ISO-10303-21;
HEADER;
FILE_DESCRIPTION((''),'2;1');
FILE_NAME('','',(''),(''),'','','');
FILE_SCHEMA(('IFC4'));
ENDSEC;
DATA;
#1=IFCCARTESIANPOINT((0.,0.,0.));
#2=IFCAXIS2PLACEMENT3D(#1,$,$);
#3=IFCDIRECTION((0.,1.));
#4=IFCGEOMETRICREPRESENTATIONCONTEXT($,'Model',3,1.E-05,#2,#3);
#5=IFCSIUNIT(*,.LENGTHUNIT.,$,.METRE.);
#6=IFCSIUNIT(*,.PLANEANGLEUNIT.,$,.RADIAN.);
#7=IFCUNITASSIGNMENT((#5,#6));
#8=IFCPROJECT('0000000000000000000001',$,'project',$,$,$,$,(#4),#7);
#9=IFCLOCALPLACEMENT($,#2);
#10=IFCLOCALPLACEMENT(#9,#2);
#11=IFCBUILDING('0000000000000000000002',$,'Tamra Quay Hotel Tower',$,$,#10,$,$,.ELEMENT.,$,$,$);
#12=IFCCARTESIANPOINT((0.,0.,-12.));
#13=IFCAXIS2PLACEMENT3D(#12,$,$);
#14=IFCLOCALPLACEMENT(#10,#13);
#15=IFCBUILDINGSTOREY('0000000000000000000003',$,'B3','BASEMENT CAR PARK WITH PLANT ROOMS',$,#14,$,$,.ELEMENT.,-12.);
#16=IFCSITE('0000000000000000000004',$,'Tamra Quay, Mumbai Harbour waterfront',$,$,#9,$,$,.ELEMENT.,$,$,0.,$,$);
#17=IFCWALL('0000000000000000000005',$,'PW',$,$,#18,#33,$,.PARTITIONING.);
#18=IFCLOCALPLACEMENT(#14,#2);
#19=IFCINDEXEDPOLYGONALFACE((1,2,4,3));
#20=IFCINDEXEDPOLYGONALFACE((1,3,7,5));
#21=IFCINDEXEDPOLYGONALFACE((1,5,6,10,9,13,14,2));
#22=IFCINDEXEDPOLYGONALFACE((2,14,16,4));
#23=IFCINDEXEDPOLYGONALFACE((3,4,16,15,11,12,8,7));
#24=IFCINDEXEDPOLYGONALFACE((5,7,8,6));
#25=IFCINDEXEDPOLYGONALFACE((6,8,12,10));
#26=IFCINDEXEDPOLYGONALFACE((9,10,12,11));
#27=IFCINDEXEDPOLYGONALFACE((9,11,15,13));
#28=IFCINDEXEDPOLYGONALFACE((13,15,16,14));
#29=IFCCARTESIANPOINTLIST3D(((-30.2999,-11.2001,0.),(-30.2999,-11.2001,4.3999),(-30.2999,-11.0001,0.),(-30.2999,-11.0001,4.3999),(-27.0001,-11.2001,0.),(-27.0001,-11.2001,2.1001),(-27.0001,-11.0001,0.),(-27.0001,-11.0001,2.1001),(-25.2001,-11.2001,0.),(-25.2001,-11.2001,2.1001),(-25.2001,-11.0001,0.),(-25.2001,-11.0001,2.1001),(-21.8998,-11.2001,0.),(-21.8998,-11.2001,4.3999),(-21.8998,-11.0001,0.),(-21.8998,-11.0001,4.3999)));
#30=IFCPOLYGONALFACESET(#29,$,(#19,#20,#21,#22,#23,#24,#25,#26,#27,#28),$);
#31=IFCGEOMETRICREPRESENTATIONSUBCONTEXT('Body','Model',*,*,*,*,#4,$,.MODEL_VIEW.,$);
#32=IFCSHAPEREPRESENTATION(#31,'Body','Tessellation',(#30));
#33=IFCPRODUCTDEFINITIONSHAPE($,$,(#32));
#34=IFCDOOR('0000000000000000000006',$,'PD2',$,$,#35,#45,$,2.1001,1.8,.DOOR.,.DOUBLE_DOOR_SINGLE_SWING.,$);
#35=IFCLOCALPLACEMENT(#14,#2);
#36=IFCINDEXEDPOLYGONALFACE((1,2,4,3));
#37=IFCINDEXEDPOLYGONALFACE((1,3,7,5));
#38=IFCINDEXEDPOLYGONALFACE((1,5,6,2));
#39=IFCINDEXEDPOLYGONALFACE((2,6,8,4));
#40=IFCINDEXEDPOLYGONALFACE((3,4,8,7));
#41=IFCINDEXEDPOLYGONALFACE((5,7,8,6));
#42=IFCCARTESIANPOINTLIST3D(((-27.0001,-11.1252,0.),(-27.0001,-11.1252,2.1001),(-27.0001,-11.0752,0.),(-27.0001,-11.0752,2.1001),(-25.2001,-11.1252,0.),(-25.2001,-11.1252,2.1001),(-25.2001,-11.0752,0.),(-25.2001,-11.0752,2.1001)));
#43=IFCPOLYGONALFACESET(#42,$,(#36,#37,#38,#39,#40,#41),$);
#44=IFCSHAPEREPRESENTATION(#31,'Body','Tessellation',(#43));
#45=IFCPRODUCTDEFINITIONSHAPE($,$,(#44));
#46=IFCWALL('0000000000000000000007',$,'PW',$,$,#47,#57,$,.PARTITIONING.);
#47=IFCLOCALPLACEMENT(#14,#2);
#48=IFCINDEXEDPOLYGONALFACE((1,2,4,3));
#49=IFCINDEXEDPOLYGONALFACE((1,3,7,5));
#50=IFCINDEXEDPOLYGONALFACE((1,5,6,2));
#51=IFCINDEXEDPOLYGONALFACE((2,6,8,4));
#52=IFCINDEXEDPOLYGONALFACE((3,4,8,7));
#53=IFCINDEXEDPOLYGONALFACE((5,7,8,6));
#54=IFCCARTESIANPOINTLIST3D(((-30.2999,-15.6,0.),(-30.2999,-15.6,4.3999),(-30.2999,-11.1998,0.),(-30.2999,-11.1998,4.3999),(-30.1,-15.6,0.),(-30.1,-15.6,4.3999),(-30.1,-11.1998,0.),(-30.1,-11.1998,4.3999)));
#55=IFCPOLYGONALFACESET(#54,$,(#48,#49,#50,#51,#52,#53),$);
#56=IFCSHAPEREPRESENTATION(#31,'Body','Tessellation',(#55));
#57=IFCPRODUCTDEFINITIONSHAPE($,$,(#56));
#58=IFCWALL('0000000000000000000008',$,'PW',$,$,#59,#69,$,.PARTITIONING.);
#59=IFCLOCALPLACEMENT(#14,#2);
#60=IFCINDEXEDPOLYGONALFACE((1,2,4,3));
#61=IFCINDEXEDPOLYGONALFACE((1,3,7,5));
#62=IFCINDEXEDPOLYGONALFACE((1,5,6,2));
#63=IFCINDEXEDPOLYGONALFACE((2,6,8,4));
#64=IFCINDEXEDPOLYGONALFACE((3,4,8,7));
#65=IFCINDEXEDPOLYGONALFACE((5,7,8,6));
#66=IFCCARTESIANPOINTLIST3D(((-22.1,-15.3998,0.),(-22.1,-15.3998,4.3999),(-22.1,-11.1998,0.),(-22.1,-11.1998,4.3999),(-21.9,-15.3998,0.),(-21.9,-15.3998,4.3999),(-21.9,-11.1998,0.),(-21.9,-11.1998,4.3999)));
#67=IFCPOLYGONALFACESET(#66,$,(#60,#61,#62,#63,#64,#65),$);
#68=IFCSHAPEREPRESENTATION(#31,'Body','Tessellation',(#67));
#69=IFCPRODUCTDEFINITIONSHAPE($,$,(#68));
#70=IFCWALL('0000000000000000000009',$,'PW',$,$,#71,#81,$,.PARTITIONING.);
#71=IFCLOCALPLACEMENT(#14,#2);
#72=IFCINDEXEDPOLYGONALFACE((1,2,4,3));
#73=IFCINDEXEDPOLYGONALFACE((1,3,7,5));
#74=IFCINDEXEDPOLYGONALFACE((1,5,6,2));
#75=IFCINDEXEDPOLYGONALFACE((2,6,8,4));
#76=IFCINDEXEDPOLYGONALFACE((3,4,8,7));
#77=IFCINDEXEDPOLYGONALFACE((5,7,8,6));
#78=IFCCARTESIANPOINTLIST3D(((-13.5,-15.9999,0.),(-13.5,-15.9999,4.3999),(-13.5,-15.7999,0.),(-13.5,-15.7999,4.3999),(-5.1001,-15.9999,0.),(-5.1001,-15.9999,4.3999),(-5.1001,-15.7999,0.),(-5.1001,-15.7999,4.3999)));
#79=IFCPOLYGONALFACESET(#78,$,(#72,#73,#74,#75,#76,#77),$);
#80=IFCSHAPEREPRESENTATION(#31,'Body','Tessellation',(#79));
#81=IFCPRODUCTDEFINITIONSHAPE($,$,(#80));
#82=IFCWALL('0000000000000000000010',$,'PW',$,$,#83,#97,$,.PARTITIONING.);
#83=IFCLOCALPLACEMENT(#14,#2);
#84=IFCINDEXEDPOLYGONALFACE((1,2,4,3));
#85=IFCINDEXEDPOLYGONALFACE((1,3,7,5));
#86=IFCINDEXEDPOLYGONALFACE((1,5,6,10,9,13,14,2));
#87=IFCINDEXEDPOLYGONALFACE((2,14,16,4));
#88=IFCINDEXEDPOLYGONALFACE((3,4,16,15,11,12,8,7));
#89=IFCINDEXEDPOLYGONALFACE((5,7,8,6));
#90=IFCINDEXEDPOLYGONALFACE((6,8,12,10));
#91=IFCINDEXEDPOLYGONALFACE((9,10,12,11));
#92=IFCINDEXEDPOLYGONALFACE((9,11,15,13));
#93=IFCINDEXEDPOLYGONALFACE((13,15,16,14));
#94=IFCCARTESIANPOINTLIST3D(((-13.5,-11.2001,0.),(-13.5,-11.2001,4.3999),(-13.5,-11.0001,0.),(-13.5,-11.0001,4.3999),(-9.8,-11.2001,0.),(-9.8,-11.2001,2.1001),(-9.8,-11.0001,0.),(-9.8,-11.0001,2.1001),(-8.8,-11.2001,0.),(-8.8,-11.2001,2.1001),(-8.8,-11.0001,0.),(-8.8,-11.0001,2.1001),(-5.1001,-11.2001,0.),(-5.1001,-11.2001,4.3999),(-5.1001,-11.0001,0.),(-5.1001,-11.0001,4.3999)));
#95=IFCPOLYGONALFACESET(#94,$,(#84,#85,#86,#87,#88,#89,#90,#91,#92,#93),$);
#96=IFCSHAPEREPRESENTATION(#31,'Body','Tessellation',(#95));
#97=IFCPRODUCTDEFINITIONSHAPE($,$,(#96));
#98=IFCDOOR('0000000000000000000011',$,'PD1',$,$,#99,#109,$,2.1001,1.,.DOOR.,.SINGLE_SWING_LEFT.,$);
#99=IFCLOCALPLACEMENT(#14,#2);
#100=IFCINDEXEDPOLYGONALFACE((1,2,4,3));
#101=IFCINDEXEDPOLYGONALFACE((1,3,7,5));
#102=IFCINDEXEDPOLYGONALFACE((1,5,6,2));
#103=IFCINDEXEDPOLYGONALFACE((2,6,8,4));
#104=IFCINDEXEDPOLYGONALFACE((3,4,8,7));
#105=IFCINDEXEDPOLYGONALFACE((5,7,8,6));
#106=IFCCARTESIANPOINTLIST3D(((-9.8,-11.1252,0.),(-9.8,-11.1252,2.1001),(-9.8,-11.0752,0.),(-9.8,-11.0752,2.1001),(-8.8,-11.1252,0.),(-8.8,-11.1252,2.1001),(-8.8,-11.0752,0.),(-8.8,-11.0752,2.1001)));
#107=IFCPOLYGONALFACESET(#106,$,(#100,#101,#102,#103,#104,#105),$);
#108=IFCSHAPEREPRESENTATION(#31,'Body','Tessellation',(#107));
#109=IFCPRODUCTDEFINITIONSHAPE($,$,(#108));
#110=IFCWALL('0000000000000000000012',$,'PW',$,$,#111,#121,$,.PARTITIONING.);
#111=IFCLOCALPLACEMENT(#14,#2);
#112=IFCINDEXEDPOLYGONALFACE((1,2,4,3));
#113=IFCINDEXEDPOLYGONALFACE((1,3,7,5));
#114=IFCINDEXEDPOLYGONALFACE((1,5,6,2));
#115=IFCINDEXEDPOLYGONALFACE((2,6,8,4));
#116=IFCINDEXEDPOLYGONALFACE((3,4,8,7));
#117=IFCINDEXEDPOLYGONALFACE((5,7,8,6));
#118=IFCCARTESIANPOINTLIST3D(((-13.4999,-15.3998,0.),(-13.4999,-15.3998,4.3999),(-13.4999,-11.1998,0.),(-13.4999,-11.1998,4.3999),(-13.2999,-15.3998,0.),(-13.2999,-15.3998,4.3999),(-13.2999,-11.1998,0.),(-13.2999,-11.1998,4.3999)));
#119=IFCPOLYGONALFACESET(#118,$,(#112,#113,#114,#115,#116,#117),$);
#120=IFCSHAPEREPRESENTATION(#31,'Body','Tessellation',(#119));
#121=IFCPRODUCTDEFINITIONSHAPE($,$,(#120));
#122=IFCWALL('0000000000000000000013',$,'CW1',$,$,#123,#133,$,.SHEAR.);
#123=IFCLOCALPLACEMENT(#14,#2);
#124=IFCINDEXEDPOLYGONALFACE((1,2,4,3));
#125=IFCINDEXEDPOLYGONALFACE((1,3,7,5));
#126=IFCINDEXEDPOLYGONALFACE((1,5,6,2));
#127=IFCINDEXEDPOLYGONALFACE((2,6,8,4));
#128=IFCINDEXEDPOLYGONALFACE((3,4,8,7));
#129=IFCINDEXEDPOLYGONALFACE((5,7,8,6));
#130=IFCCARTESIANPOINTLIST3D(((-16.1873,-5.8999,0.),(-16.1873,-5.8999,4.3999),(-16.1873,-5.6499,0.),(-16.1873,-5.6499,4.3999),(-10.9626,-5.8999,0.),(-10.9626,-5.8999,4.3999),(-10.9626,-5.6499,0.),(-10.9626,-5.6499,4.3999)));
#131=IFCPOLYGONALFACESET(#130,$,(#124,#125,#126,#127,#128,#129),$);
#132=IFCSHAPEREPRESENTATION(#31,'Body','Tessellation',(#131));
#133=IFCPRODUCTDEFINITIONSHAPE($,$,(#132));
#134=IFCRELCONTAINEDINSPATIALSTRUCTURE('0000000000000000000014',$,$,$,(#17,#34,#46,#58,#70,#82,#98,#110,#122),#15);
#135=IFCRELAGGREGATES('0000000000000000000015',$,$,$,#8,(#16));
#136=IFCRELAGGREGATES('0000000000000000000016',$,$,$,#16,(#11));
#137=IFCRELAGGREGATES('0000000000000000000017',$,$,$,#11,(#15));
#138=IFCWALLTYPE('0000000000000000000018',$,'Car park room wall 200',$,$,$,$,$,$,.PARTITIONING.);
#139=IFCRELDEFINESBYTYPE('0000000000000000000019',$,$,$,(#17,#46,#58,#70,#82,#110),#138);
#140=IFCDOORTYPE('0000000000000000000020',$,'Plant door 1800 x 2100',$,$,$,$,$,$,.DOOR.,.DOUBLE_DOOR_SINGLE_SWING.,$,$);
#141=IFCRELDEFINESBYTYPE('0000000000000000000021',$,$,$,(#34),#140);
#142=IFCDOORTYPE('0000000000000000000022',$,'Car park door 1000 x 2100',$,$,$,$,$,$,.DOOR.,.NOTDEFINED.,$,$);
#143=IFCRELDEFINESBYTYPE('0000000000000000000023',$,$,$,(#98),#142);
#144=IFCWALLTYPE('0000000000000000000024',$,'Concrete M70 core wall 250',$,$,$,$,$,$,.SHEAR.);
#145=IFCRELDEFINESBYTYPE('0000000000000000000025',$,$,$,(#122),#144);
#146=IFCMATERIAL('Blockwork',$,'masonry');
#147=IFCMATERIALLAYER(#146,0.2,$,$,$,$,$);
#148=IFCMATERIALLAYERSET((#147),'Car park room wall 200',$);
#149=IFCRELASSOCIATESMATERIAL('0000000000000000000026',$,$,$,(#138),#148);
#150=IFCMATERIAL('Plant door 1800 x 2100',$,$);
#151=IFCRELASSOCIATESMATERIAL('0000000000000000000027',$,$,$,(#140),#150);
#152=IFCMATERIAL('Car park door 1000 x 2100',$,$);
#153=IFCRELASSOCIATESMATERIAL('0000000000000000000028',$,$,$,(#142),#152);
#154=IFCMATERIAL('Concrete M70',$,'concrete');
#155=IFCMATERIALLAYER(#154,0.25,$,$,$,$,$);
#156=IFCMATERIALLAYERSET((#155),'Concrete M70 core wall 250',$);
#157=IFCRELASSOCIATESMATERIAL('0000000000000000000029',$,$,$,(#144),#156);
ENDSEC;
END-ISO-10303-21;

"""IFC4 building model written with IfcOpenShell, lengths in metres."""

from ifc_helpers import new_model, si_unit, direction, frame, frame_2d, origin, place, context, subcontext, project, spatial, rectangle, extrude, material, layer, layer_set, type_object, element, fill, save


model = new_model("IFC4")

# Units and contexts
model_context = context("Model", 3, precision=1e-05, world=origin(), true_north=direction((0.0, 1.0)))
body_context = subcontext(model_context, "Body", "Model", "MODEL_VIEW")
ifc_project = project(units=[si_unit("LENGTHUNIT", "METRE"), si_unit("PLANEANGLEUNIT", "RADIAN")], contexts=[model_context])

# Site, building, storey
site_placement = place(None, origin())
site = spatial("IfcSite", under=ifc_project, at=site_placement, Name="Tamra Quay, Mumbai Harbour waterfront", CompositionType="ELEMENT", RefElevation=0.0)
building_placement = place(site_placement, origin())
building = spatial("IfcBuilding", under=site, at=building_placement, Name="Tamra Quay Hotel Tower", CompositionType="ELEMENT")
storey_placement = place(building_placement, frame((0.0, 0.0, -12.0)))
storey = spatial("IfcBuildingStorey", under=building, at=storey_placement, Name="B3", Description="BASEMENT CAR PARK WITH PLANT ROOMS", CompositionType="ELEMENT", Elevation=-12.0)

# Shared definitions
ifc_material_1 = material(Name="Concrete M70", Category="concrete")

# Shared definitions
ifc_material_2 = material(Name="Blockwork", Category="masonry")
ifc_layer_1 = layer(ifc_material_2, 0.2)
ifc_layer_set_1 = layer_set([ifc_layer_1], Name="Car park room wall 200")
wall_type_1 = type_object("IfcWallType", Name="Car park room wall 200", PredefinedType="PARTITIONING", material=ifc_layer_set_1)

# Shared definitions
ifc_material_3 = material(Name="Plant door 1800 x 2100")
door_type_1 = type_object("IfcDoorType", Name="Plant door 1800 x 2100", OperationType="DOUBLE_DOOR_SINGLE_SWING", PredefinedType="DOOR", material=ifc_material_3)

# Wall, opening, door
wall_1_placement = place(storey_placement, frame((-30.3, -11.1001, 0.0), z_axis=(0.0, 0.0, 1.0), x_axis=(1.0, 0.0, 0.0)))
wall_1 = element("IfcWall", 1, at=wall_1_placement, inside=storey, type_object=wall_type_1, Name="PW", PredefinedType="PARTITIONING", context=body_context, shape_type="SweptSolid", body=[
    extrude(rectangle(XDim=8.4001, YDim=0.2, at=frame_2d((4.2002, 0.0))), origin(), (0.0, 0.0, 1.0), 4.3999),
])
opening_1_placement = place(wall_1_placement, frame((3.3, 0.0, 0.0)))
opening_1 = element("IfcOpeningElement", 2, at=opening_1_placement, cuts=wall_1, PredefinedType="OPENING", context=body_context, shape_type="SweptSolid", body=[
    extrude(rectangle(XDim=1.8, YDim=2.1001, at=frame_2d((0.8999, 1.05))), frame((0.0, 0.1099, 0.0), z_axis=(0.0, -1.0, 0.0), x_axis=(1.0, 0.0, 0.0)), (0.0, 0.0, 1.0), 0.22),
])
door_1_placement = place(opening_1_placement, origin())
door_1 = element("IfcDoor", 3, at=door_1_placement, inside=storey, type_object=door_type_1, Name="PD2", OperationType="DOUBLE_DOOR_SINGLE_SWING", OverallHeight=2.1001, OverallWidth=1.8, PredefinedType="DOOR", context=body_context, shape_type="SweptSolid", body=[
    extrude(rectangle(XDim=1.8, YDim=2.1001, at=frame_2d((0.8999, 1.05))), frame((0.0, 0.0249, 0.0), z_axis=(0.0, -1.0, 0.0), x_axis=(1.0, 0.0, 0.0)), (0.0, 0.0, 1.0), 0.05),
])
fill(opening_1, door_1)

# Walls
wall_2_placement = place(storey_placement, frame((-30.2, -15.6001, 0.0), z_axis=(0.0, 0.0, 1.0), x_axis=(0.0, 1.0, 0.0)))
element("IfcWall", 4, at=wall_2_placement, inside=storey, type_object=wall_type_1, Name="PW", PredefinedType="PARTITIONING", context=body_context, shape_type="SweptSolid", body=[
    extrude(rectangle(XDim=4.4001, YDim=0.2, at=frame_2d((2.2002, 0.0))), origin(), (0.0, 0.0, 1.0), 4.3999),
])
wall_3_placement = place(storey_placement, frame((-22.0, -15.3999, 0.0), z_axis=(0.0, 0.0, 1.0), x_axis=(0.0, 1.0, 0.0)))
element("IfcWall", 5, at=wall_3_placement, inside=storey, type_object=wall_type_1, Name="PW", PredefinedType="PARTITIONING", context=body_context, shape_type="SweptSolid", body=[
    extrude(rectangle(XDim=4.2, YDim=0.2, at=frame_2d((2.1001, 0.0))), origin(), (0.0, 0.0, 1.0), 4.3999),
])
wall_4_placement = place(storey_placement, frame((-13.5, -15.8999, 0.0), z_axis=(0.0, 0.0, 1.0), x_axis=(1.0, 0.0, 0.0)))
element("IfcWall", 6, at=wall_4_placement, inside=storey, type_object=wall_type_1, Name="PW", PredefinedType="PARTITIONING", context=body_context, shape_type="SweptSolid", body=[
    extrude(rectangle(XDim=8.3999, YDim=0.2, at=frame_2d((4.2, 0.0))), origin(), (0.0, 0.0, 1.0), 4.3999),
])

# Wall, opening, door
wall_5_placement = place(storey_placement, frame((-13.5, -11.1001, 0.0), z_axis=(0.0, 0.0, 1.0), x_axis=(1.0, 0.0, 0.0)))
wall_5 = element("IfcWall", 7, at=wall_5_placement, inside=storey, type_object=wall_type_1, Name="PW", PredefinedType="PARTITIONING", context=body_context, shape_type="SweptSolid", body=[
    extrude(rectangle(XDim=8.3999, YDim=0.2, at=frame_2d((4.2, 0.0))), origin(), (0.0, 0.0, 1.0), 4.3999),
])
opening_2_placement = place(wall_5_placement, frame((3.7, 0.0, 0.0)))
opening_2 = element("IfcOpeningElement", 8, at=opening_2_placement, cuts=wall_5, PredefinedType="OPENING", context=body_context, shape_type="SweptSolid", body=[
    extrude(rectangle(XDim=1.0, YDim=2.1001, at=frame_2d((0.5, 1.05))), frame((0.0, 0.1099, 0.0), z_axis=(0.0, -1.0, 0.0), x_axis=(1.0, 0.0, 0.0)), (0.0, 0.0, 1.0), 0.22),
])
ifc_material_4 = material(Name="Car park door 1000 x 2100")
door_type_2 = type_object("IfcDoorType", Name="Car park door 1000 x 2100", OperationType="NOTDEFINED", PredefinedType="DOOR", material=ifc_material_4)
door_2_placement = place(opening_2_placement, origin())
door_2 = element("IfcDoor", 9, at=door_2_placement, inside=storey, type_object=door_type_2, Name="PD1", OperationType="SINGLE_SWING_LEFT", OverallHeight=2.1001, OverallWidth=1.0, PredefinedType="DOOR", context=body_context, shape_type="SweptSolid", body=[
    extrude(rectangle(XDim=1.0, YDim=2.1001, at=frame_2d((0.5, 1.05))), frame((0.0, 0.0249, 0.0), z_axis=(0.0, -1.0, 0.0), x_axis=(1.0, 0.0, 0.0)), (0.0, 0.0, 1.0), 0.05),
])
fill(opening_2, door_2)

# Walls
wall_6_placement = place(storey_placement, frame((-13.3999, -15.3999, 0.0), z_axis=(0.0, 0.0, 1.0), x_axis=(0.0, 1.0, 0.0)))
element("IfcWall", 10, at=wall_6_placement, inside=storey, type_object=wall_type_1, Name="PW", PredefinedType="PARTITIONING", context=body_context, shape_type="SweptSolid", body=[
    extrude(rectangle(XDim=4.2, YDim=0.2, at=frame_2d((2.1001, 0.0))), origin(), (0.0, 0.0, 1.0), 4.3999),
])
ifc_layer_2 = layer(ifc_material_1, 0.25)
ifc_layer_set_2 = layer_set([ifc_layer_2], Name="Concrete M70 core wall 250")
wall_type_2 = type_object("IfcWallType", Name="Concrete M70 core wall 250", PredefinedType="SHEAR", material=ifc_layer_set_2)
wall_7_placement = place(storey_placement, frame((-10.9626, -5.7749, 0.0), z_axis=(0.0, 0.0, 1.0), x_axis=(-1.0, 0.0, 0.0)))
element("IfcWall", 11, at=wall_7_placement, inside=storey, type_object=wall_type_2, Name="CW1", PredefinedType="SHEAR", context=body_context, shape_type="SweptSolid", body=[
    extrude(rectangle(XDim=5.2246, YDim=0.25, at=frame_2d((2.6123, 0.0))), origin(), (0.0, 0.0, 1.0), 4.3999),
])

save(model, "model.ifc")
